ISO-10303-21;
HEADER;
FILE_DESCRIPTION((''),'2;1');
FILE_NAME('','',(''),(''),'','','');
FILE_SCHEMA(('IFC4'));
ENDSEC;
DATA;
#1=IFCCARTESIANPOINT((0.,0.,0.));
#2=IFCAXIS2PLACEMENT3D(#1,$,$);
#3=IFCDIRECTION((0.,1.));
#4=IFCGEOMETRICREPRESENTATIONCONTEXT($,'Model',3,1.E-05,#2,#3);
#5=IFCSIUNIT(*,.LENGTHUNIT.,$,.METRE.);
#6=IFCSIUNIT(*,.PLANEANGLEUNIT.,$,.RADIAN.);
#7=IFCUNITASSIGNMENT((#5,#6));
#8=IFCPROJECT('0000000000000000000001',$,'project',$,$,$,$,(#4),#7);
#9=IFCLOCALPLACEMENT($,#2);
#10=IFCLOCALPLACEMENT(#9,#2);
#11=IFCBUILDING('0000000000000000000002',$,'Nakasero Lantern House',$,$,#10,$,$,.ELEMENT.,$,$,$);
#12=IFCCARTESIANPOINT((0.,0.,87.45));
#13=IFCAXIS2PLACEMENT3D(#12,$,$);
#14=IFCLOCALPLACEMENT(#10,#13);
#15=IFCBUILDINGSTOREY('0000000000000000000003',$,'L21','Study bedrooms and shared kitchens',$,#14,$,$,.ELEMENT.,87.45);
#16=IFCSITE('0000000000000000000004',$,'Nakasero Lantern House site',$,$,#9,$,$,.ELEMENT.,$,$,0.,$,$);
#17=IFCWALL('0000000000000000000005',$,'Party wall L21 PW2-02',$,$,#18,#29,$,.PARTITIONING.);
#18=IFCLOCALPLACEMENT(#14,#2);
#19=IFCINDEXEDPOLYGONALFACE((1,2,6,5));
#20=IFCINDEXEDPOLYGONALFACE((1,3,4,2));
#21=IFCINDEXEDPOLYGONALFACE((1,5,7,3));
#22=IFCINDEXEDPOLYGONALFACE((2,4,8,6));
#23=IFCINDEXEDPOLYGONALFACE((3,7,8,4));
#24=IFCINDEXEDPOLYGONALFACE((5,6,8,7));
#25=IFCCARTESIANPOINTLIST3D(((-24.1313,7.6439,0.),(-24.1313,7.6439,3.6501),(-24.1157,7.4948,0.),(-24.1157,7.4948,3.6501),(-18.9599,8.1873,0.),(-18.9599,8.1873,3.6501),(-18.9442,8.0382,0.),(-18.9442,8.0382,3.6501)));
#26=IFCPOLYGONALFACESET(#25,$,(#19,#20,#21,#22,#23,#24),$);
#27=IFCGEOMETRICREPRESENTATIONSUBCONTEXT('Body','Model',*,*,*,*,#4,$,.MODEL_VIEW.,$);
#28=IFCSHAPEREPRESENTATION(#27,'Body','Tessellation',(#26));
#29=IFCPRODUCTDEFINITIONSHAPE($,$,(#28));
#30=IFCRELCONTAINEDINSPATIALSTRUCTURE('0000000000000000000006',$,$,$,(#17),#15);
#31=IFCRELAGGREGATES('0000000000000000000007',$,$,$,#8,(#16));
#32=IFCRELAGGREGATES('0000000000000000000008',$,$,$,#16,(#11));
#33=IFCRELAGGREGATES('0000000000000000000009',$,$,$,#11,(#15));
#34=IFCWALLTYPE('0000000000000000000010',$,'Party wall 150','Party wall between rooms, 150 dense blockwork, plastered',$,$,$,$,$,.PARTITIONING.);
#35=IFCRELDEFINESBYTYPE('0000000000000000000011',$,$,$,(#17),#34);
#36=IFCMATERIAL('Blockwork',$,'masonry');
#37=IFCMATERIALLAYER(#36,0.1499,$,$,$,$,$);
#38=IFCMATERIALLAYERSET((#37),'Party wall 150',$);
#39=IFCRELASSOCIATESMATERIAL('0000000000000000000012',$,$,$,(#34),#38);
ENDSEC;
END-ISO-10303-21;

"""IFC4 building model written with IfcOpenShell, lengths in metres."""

from ifc_helpers import new_model, si_unit, direction, frame, frame_2d, origin, place, context, subcontext, project, spatial, rectangle, extrude, material, layer, layer_set, type_object, element, save


model = new_model("IFC4")

# Units and contexts
model_context = context("Model", 3, precision=1e-05, world=origin(), true_north=direction((0.0, 1.0)))
body_context = subcontext(model_context, "Body", "Model", "MODEL_VIEW")
ifc_project = project(units=[si_unit("LENGTHUNIT", "METRE"), si_unit("PLANEANGLEUNIT", "RADIAN")], contexts=[model_context])

# Site, building, storey
site_placement = place(None, origin())
site = spatial("IfcSite", under=ifc_project, at=site_placement, Name="Nakasero Lantern House site", CompositionType="ELEMENT", RefElevation=0.0)
building_placement = place(site_placement, origin())
building = spatial("IfcBuilding", under=site, at=building_placement, Name="Nakasero Lantern House", CompositionType="ELEMENT")
storey_placement = place(building_placement, frame((0.0, 0.0, 87.45)))
storey = spatial("IfcBuildingStorey", under=building, at=storey_placement, Name="L21", Description="Study bedrooms and shared kitchens", CompositionType="ELEMENT", Elevation=87.45)

# Wall
ifc_material_1 = material(Name="Blockwork", Category="masonry")
ifc_layer_1 = layer(ifc_material_1, 0.1499)
ifc_layer_set_1 = layer_set([ifc_layer_1], Name="Party wall 150")
wall_type_1 = type_object("IfcWallType", Name="Party wall 150", Description="Party wall between rooms, 150 dense blockwork, plastered", PredefinedType="PARTITIONING", material=ifc_layer_set_1)
wall_1_placement = place(storey_placement, frame((-18.9519, 8.1128, 0.0), z_axis=(0.0, 0.0, 1.0), x_axis=(-0.994523, -0.104514, 0.0)))
element("IfcWall", 1, at=wall_1_placement, inside=storey, type_object=wall_type_1, Name="Party wall L21 PW2-02", PredefinedType="PARTITIONING", context=body_context, shape_type="SweptSolid", body=[
    extrude(rectangle(XDim=5.2, YDim=0.1499, at=frame_2d((2.6001, 0.0))), origin(), (0.0, 0.0, 1.0), 3.6501),
])

save(model, "model.ifc")
